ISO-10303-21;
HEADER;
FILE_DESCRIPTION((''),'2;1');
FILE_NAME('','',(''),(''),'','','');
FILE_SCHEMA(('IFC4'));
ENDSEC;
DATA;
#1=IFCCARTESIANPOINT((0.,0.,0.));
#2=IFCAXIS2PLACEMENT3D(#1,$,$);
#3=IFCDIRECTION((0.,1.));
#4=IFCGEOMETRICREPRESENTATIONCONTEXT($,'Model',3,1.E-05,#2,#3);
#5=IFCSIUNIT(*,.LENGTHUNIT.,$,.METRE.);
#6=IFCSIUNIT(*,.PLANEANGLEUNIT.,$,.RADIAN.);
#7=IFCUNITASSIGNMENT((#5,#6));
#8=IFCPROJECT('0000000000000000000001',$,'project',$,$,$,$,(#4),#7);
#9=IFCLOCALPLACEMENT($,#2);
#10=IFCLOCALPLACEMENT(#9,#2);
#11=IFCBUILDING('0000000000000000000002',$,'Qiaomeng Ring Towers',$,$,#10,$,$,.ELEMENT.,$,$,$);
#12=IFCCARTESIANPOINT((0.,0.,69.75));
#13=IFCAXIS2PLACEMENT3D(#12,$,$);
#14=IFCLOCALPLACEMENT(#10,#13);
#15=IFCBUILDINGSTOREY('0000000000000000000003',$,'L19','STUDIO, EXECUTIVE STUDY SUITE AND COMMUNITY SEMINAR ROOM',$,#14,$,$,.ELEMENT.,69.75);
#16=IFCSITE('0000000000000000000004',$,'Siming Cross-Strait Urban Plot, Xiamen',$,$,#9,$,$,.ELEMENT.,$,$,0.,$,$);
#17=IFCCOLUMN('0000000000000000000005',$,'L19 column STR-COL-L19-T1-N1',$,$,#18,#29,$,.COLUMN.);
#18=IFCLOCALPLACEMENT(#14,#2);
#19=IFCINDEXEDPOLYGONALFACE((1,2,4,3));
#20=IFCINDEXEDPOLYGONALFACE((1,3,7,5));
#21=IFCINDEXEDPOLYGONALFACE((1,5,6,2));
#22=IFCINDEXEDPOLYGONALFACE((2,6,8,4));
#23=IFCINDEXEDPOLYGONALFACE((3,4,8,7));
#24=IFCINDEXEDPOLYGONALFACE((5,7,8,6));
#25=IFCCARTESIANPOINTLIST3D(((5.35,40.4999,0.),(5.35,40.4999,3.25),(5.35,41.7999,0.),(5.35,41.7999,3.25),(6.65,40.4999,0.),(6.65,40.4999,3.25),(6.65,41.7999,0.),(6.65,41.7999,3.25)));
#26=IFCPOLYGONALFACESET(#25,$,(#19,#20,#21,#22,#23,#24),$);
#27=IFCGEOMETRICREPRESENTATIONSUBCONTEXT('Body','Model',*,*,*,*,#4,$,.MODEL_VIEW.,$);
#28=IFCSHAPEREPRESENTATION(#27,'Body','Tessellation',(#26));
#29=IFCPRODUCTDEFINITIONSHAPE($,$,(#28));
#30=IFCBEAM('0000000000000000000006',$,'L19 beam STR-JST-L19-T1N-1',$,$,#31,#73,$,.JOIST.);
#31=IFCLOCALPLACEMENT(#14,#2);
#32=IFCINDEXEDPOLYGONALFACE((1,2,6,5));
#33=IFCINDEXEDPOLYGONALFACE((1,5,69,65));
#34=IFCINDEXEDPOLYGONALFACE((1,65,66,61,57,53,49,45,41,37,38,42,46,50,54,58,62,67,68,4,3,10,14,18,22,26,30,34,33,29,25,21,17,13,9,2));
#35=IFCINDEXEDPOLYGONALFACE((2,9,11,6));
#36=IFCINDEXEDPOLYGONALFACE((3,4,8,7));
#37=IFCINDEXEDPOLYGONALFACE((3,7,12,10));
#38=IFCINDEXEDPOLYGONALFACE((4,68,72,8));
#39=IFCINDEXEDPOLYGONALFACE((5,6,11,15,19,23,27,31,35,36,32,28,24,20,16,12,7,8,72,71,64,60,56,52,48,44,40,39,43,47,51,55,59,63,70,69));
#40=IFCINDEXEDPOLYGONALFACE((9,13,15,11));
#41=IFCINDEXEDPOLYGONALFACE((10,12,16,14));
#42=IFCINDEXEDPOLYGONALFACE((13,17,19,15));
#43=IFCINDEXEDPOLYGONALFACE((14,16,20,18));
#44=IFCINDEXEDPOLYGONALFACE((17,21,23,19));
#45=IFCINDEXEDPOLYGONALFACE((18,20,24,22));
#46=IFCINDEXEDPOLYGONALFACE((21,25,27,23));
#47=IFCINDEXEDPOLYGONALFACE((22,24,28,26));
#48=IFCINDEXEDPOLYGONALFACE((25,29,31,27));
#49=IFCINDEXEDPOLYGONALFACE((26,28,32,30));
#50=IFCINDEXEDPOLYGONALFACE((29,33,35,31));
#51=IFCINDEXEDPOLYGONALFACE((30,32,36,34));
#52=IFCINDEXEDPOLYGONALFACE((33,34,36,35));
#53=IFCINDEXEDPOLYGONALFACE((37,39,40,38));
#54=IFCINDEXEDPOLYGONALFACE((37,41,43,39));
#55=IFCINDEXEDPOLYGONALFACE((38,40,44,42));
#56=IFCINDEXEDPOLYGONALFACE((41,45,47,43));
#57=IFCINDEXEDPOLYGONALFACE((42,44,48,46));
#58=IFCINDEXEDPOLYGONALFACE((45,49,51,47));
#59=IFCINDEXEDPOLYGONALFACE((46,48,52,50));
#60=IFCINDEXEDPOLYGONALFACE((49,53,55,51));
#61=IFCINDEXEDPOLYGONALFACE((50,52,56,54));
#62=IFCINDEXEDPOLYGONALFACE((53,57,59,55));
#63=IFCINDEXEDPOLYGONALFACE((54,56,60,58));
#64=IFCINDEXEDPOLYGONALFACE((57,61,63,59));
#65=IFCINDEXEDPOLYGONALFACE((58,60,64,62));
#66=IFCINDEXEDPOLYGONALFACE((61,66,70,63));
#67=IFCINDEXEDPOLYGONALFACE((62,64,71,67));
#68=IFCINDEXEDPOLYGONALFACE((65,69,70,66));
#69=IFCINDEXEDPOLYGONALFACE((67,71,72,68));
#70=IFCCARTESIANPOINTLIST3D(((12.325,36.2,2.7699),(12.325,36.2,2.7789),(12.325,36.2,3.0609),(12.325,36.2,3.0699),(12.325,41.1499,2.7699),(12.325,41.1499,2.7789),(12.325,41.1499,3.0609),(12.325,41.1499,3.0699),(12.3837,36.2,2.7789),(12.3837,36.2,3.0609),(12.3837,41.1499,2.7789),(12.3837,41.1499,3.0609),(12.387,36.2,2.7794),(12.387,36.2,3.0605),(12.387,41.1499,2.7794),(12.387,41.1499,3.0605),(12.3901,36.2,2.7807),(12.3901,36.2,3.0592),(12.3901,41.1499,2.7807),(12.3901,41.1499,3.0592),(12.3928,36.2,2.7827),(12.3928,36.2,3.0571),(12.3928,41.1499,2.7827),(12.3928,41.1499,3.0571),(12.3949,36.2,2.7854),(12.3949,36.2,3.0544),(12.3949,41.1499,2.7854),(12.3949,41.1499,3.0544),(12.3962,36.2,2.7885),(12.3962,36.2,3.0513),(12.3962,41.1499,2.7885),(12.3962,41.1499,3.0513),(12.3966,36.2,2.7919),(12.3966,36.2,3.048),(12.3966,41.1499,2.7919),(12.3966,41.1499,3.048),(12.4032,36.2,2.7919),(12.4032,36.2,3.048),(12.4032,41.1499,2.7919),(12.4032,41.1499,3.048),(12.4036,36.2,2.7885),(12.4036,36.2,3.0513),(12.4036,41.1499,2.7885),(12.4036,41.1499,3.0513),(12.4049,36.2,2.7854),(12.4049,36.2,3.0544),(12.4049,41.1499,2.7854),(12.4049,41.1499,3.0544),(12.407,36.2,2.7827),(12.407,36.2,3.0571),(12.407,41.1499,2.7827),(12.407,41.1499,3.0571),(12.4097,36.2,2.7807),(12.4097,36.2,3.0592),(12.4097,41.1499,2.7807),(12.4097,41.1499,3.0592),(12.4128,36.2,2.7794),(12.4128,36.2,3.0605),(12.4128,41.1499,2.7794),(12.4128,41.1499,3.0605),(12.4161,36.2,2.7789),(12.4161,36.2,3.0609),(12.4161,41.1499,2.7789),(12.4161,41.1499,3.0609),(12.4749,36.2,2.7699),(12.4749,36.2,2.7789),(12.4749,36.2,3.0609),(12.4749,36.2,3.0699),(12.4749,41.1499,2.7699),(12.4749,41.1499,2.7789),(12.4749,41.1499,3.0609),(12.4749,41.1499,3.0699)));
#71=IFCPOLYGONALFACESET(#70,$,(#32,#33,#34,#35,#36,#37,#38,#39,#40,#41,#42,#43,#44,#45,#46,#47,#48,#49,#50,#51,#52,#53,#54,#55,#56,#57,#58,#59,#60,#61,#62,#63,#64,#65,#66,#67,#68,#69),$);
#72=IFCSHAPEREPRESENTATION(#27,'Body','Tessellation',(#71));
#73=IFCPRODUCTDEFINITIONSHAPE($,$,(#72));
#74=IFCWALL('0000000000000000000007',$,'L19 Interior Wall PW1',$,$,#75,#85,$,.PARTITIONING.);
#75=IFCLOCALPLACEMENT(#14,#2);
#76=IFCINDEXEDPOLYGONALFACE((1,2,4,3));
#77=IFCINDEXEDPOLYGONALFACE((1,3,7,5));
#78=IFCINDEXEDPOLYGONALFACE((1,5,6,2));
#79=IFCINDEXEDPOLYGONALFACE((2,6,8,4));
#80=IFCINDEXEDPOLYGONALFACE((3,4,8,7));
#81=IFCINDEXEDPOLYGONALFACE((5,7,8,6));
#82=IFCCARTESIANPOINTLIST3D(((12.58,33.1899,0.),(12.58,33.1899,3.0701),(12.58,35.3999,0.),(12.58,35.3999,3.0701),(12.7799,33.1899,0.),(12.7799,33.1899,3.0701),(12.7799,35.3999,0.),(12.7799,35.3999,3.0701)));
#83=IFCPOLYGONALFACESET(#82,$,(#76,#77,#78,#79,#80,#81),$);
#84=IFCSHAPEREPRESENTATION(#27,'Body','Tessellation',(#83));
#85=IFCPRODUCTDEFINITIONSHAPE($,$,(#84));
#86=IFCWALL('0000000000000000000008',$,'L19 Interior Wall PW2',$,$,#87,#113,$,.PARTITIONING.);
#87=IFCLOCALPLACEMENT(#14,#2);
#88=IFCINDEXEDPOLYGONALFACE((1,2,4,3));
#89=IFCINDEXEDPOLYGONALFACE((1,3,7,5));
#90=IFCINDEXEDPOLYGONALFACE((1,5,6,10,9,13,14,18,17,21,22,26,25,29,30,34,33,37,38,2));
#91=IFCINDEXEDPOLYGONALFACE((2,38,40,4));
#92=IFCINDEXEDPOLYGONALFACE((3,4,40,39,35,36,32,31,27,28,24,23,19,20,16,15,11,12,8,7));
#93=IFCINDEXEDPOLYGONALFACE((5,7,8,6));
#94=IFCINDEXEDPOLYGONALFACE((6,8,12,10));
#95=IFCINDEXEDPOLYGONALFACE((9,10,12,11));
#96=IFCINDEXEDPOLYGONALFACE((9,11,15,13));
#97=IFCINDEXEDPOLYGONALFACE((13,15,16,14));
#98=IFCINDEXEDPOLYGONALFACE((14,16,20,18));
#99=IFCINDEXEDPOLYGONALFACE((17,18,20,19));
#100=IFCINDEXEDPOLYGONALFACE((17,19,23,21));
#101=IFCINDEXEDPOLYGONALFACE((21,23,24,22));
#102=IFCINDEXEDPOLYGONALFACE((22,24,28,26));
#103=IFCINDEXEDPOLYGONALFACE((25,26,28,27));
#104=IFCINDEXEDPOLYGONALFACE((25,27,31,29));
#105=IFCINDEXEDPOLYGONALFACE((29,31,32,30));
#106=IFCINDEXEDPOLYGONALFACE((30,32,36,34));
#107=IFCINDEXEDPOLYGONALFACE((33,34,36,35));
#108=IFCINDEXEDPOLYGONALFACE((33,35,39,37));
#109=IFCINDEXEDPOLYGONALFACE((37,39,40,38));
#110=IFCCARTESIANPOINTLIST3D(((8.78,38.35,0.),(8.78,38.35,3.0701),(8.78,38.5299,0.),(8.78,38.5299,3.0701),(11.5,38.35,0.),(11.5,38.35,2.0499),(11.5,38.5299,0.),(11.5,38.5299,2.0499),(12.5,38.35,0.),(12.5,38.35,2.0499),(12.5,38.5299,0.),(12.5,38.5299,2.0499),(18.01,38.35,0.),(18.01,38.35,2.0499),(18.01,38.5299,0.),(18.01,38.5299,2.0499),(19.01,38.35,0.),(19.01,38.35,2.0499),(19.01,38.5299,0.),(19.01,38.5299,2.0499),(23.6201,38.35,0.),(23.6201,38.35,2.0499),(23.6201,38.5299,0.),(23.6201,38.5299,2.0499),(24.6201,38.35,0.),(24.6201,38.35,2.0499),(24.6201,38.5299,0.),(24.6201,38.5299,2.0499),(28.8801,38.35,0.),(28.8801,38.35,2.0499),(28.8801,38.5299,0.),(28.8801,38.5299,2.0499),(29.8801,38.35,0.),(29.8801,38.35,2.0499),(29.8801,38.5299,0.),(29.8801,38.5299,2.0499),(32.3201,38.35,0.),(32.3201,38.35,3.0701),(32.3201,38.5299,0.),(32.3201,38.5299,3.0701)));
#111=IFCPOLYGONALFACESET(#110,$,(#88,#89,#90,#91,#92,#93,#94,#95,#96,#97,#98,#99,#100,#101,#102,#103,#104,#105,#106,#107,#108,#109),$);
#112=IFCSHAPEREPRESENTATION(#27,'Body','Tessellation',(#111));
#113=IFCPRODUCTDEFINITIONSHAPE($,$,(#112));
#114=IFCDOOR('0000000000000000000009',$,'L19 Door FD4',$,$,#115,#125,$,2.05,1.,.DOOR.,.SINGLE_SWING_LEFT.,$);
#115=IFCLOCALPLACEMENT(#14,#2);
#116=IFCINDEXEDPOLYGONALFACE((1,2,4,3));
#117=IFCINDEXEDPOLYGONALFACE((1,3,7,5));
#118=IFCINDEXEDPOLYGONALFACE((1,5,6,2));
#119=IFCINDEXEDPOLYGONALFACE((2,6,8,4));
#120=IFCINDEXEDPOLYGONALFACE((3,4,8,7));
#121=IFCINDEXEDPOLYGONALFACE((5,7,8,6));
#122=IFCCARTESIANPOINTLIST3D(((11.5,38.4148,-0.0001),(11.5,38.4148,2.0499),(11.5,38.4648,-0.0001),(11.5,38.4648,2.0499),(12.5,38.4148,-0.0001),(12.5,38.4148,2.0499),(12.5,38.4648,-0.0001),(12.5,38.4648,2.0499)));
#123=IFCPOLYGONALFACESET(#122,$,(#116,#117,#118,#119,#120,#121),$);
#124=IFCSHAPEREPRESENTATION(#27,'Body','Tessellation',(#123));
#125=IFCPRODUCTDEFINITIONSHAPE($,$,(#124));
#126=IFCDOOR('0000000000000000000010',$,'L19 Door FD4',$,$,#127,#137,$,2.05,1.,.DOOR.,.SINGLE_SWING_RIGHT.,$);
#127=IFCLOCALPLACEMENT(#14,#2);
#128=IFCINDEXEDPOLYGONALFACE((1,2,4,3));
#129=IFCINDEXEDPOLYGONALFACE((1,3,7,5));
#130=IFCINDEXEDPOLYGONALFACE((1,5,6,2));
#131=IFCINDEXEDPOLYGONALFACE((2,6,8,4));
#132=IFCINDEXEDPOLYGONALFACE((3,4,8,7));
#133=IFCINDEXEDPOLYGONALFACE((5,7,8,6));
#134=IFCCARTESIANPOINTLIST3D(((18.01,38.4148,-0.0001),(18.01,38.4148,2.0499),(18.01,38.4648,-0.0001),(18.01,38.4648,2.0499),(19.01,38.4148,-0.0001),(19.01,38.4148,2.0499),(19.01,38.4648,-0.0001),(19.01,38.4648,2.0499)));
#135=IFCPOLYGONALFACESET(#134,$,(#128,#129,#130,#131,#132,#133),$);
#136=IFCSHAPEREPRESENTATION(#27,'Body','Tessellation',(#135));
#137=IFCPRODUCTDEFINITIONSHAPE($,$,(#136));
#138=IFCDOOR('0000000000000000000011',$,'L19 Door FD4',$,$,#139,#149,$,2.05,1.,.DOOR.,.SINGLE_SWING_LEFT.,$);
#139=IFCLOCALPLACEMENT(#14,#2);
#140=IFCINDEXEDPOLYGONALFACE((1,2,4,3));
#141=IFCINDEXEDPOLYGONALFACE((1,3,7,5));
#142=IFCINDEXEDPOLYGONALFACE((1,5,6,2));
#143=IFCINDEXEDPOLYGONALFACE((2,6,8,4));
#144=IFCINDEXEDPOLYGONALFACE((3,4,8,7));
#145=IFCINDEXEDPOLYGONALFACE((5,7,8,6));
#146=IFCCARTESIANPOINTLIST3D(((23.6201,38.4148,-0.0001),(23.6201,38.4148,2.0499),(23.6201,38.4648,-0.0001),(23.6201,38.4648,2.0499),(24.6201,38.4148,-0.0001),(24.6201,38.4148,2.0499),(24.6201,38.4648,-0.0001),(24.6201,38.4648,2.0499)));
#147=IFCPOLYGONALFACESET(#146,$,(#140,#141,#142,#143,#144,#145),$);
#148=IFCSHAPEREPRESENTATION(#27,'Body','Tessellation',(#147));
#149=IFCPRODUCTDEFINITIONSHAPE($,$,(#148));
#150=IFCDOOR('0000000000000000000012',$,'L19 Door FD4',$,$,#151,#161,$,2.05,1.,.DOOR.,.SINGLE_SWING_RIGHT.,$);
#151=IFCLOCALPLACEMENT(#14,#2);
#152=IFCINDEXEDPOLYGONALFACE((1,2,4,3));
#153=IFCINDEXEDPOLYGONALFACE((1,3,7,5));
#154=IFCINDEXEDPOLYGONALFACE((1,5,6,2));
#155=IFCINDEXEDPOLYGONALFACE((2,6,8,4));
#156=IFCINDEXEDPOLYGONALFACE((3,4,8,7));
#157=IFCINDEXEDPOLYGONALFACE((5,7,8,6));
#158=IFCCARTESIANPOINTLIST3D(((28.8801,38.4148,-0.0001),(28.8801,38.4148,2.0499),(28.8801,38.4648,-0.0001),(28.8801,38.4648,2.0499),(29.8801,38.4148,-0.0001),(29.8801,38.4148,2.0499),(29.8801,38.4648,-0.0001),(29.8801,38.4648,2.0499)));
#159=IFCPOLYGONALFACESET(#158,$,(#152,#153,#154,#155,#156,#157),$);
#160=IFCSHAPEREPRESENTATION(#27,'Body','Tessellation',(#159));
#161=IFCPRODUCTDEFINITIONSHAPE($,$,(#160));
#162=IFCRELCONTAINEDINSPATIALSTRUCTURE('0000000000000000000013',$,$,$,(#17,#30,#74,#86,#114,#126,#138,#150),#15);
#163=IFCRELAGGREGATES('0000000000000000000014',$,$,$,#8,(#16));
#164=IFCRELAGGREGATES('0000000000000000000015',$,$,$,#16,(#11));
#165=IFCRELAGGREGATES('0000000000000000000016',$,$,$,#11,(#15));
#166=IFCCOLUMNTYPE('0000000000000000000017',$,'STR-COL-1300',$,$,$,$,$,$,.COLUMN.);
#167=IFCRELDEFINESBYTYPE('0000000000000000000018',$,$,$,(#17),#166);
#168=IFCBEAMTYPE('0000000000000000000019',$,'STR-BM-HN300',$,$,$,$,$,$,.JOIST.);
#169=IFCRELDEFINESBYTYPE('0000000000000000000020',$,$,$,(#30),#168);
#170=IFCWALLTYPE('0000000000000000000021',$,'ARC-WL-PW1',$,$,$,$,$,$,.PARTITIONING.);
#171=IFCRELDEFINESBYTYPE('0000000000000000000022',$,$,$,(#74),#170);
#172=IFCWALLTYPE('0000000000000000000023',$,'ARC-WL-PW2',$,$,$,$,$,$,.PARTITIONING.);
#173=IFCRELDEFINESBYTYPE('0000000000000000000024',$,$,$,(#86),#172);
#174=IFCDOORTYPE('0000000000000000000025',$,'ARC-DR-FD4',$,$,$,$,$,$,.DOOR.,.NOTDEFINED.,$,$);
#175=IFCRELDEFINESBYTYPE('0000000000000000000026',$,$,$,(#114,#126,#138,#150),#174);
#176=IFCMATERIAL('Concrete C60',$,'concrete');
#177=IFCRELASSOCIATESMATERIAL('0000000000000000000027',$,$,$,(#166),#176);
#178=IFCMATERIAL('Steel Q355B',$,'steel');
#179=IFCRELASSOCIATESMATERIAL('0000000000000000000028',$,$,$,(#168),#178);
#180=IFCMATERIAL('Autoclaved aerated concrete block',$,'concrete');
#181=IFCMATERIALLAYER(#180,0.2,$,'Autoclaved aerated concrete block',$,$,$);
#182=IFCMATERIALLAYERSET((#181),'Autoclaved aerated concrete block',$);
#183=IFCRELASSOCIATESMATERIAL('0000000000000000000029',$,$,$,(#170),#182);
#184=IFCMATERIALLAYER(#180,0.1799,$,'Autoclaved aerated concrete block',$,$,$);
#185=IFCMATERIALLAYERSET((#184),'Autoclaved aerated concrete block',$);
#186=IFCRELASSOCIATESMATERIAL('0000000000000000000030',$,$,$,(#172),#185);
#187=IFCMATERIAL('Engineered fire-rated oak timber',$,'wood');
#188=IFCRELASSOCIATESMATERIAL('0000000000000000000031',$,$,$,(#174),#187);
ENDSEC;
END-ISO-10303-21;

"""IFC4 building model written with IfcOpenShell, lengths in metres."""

from ifc_helpers import new_model, si_unit, direction, frame, frame_2d, origin, origin_2d, place, context, subcontext, project, spatial, rectangle, i_section, extrude, source, transform, mapped, material, layer, layer_set, material_profile, profile_set, type_object, element, fill, save


model = new_model("IFC4")

# Units and contexts
model_context = context("Model", 3, precision=1e-05, world=origin(), true_north=direction((0.0, 1.0)))
body_context = subcontext(model_context, "Body", "Model", "MODEL_VIEW")
ifc_project = project(units=[si_unit("LENGTHUNIT", "METRE"), si_unit("PLANEANGLEUNIT", "RADIAN")], contexts=[model_context])

# Site, building, storey
site_placement = place(None, origin())
site = spatial("IfcSite", under=ifc_project, at=site_placement, Name="Siming Cross-Strait Urban Plot, Xiamen", CompositionType="ELEMENT", RefElevation=0.0)
building_placement = place(site_placement, origin())
building = spatial("IfcBuilding", under=site, at=building_placement, Name="Qiaomeng Ring Towers", CompositionType="ELEMENT")
storey_placement = place(building_placement, frame((0.0, 0.0, 69.75)))
storey = spatial("IfcBuildingStorey", under=building, at=storey_placement, Name="L19", Description="STUDIO, EXECUTIVE STUDY SUITE AND COMMUNITY SEMINAR ROOM", CompositionType="ELEMENT", Elevation=69.75)

# Column
ifc_material_1 = material(Name="Concrete C60", Category="concrete")
ifc_material_profile_1 = material_profile(ifc_material_1, rectangle(XDim=1.3, YDim=1.3, at=origin_2d()), Name="RC COL 1300x1300")
ifc_profile_set_1 = profile_set([ifc_material_profile_1], Name="Concrete C60")
column_type = type_object("IfcColumnType", Name="STR-COL-1300", PredefinedType="COLUMN", material=ifc_profile_set_1)
shared_shape_1 = source(origin(), body_context, "Body", "SweptSolid", [
    extrude(rectangle(XDim=1.3, YDim=1.3, at=origin_2d()), origin(), (0.0, 0.0, 1.0), 3.25),
])
column_placement = place(storey_placement, frame((6.0, 41.1499, 0.0), z_axis=(0.0, 0.0, 1.0), x_axis=(1.0, 0.0, 0.0)))
element("IfcColumn", 1, at=column_placement, inside=storey, type_object=column_type, Name="L19 column STR-COL-L19-T1-N1", PredefinedType="COLUMN", context=body_context, shape_type="MappedRepresentation", body=[
    mapped(shared_shape_1, transform((0.0, 0.0, 0.0), x_axis=(1.0, 0.0, 0.0), y_axis=(0.0, 1.0, 0.0), z_axis=(0.0, 0.0, 1.0), scale=1.0)),
])

# Beam
ifc_material_2 = material(Name="Steel Q355B", Category="steel")
ifc_material_profile_2 = material_profile(ifc_material_2, i_section(OverallWidth=0.1499, OverallDepth=0.3, WebThickness=0.0066, FlangeThickness=0.009, FilletRadius=0.0129, at=origin_2d()), Name="HN 300x150x6.5x9")
ifc_profile_set_2 = profile_set([ifc_material_profile_2], Name="Steel Q355B")
beam_type = type_object("IfcBeamType", Name="STR-BM-HN300", PredefinedType="JOIST", material=ifc_profile_set_2)
shared_shape_2 = source(origin(), body_context, "Body", "SweptSolid", [
    extrude(i_section(OverallWidth=0.1499, OverallDepth=0.3, WebThickness=0.0066, FlangeThickness=0.009, FilletRadius=0.0129, at=origin_2d()), origin(), (0.0, 0.0, 1.0), 4.95),
])
beam_placement = place(storey_placement, frame((12.3999, 36.2, 2.9199), z_axis=(0.0, 1.0, 0.0), x_axis=(-1.0, 0.0, 0.0)))
element("IfcBeam", 2, at=beam_placement, inside=storey, type_object=beam_type, Name="L19 beam STR-JST-L19-T1N-1", PredefinedType="JOIST", context=body_context, shape_type="MappedRepresentation", body=[
    mapped(shared_shape_2, transform((0.0, 0.0, 0.0), x_axis=(1.0, 0.0, 0.0), y_axis=(0.0, 1.0, 0.0), z_axis=(0.0, 0.0, 1.0), scale=1.0)),
])

# Wall
ifc_material_3 = material(Name="Autoclaved aerated concrete block", Category="concrete")
ifc_layer_1 = layer(ifc_material_3, 0.2, Name="Autoclaved aerated concrete block")
ifc_layer_set_1 = layer_set([ifc_layer_1], Name="Autoclaved aerated concrete block")
wall_type_1 = type_object("IfcWallType", Name="ARC-WL-PW1", PredefinedType="PARTITIONING", material=ifc_layer_set_1)
wall_1_placement = place(storey_placement, frame((12.6799, 33.1899, 0.0), z_axis=(0.0, 0.0, 1.0), x_axis=(0.0, 1.0, 0.0)))
element("IfcWall", 3, at=wall_1_placement, inside=storey, type_object=wall_type_1, Name="L19 Interior Wall PW1", PredefinedType="PARTITIONING", context=body_context, shape_type="SweptSolid", body=[
    extrude(rectangle(XDim=2.21, YDim=0.2, at=frame_2d((1.105, 0.0))), origin(), (0.0, 0.0, 1.0), 3.0701),
])

# Wall, openings, doors
ifc_layer_2 = layer(ifc_material_3, 0.1799, Name="Autoclaved aerated concrete block")
ifc_layer_set_2 = layer_set([ifc_layer_2], Name="Autoclaved aerated concrete block")
wall_type_2 = type_object("IfcWallType", Name="ARC-WL-PW2", PredefinedType="PARTITIONING", material=ifc_layer_set_2)
wall_2_placement = place(storey_placement, frame((8.78, 38.4399, 0.0), z_axis=(0.0, 0.0, 1.0), x_axis=(1.0, 0.0, 0.0)))
wall_2 = element("IfcWall", 4, at=wall_2_placement, inside=storey, type_object=wall_type_2, Name="L19 Interior Wall PW2", PredefinedType="PARTITIONING", context=body_context, shape_type="SweptSolid", body=[
    extrude(rectangle(XDim=23.54, YDim=0.1799, at=frame_2d((11.77, 0.0))), origin(), (0.0, 0.0, 1.0), 3.0701),
])
opening_1_placement = place(wall_2_placement, frame((2.72, 0.0, 0.0)))
opening_1 = element("IfcOpeningElement", 5, at=opening_1_placement, cuts=wall_2, PredefinedType="OPENING", context=body_context, shape_type="SweptSolid", body=[
    extrude(rectangle(XDim=1.0, YDim=2.05, at=frame_2d((0.5, 1.0249))), frame((0.0, 0.0999, 0.0), z_axis=(0.0, -1.0, 0.0), x_axis=(1.0, 0.0, 0.0)), (0.0, 0.0, 1.0), 0.2),
])
opening_2_placement = place(wall_2_placement, frame((9.23, 0.0, 0.0)))
opening_2 = element("IfcOpeningElement", 6, at=opening_2_placement, cuts=wall_2, PredefinedType="OPENING", context=body_context, shape_type="SweptSolid", body=[
    extrude(rectangle(XDim=1.0, YDim=2.05, at=frame_2d((0.5, 1.0249))), frame((0.0, 0.0999, 0.0), z_axis=(0.0, -1.0, 0.0), x_axis=(1.0, 0.0, 0.0)), (0.0, 0.0, 1.0), 0.2),
])
opening_3_placement = place(wall_2_placement, frame((14.8401, 0.0, 0.0)))
opening_3 = element("IfcOpeningElement", 7, at=opening_3_placement, cuts=wall_2, PredefinedType="OPENING", context=body_context, shape_type="SweptSolid", body=[
    extrude(rectangle(XDim=1.0, YDim=2.05, at=frame_2d((0.5, 1.0249))), frame((0.0, 0.0999, 0.0), z_axis=(0.0, -1.0, 0.0), x_axis=(1.0, 0.0, 0.0)), (0.0, 0.0, 1.0), 0.2),
])
opening_4_placement = place(wall_2_placement, frame((20.1001, 0.0, 0.0)))
opening_4 = element("IfcOpeningElement", 8, at=opening_4_placement, cuts=wall_2, PredefinedType="OPENING", context=body_context, shape_type="SweptSolid", body=[
    extrude(rectangle(XDim=1.0, YDim=2.05, at=frame_2d((0.5, 1.0249))), frame((0.0, 0.0999, 0.0), z_axis=(0.0, -1.0, 0.0), x_axis=(1.0, 0.0, 0.0)), (0.0, 0.0, 1.0), 0.2),
])
ifc_material_4 = material(Name="Engineered fire-rated oak timber", Category="wood")
door_type_1 = type_object("IfcDoorType", Name="ARC-DR-FD4", OperationType="NOTDEFINED", PredefinedType="DOOR", material=ifc_material_4)
shared_shape_3 = source(origin(), body_context, "Body", "SweptSolid", [
    extrude(rectangle(XDim=1.0, YDim=2.05, at=frame_2d((0.5, 1.0249))), frame((0.0, 0.0249, 0.0), z_axis=(0.0, -1.0, 0.0), x_axis=(1.0, 0.0, 0.0)), (0.0, 0.0, 1.0), 0.05),
])
door_1_placement = place(opening_1_placement, origin())
door_1 = element("IfcDoor", 9, at=door_1_placement, inside=storey, type_object=door_type_1, Name="L19 Door FD4", OperationType="SINGLE_SWING_LEFT", OverallHeight=2.05, OverallWidth=1.0, PredefinedType="DOOR", context=body_context, shape_type="MappedRepresentation", body=[
    mapped(shared_shape_3, transform((0.0, 0.0, 0.0), x_axis=(1.0, 0.0, 0.0), y_axis=(0.0, 1.0, 0.0), z_axis=(0.0, 0.0, 1.0), scale=1.0)),
])
fill(opening_1, door_1)
door_2_placement = place(opening_2_placement, origin())
door_2 = element("IfcDoor", 10, at=door_2_placement, inside=storey, type_object=door_type_1, Name="L19 Door FD4", OperationType="SINGLE_SWING_RIGHT", OverallHeight=2.05, OverallWidth=1.0, PredefinedType="DOOR", context=body_context, shape_type="MappedRepresentation", body=[
    mapped(shared_shape_3, transform((0.0, 0.0, 0.0), x_axis=(1.0, 0.0, 0.0), y_axis=(0.0, 1.0, 0.0), z_axis=(0.0, 0.0, 1.0), scale=1.0)),
])
fill(opening_2, door_2)
door_3_placement = place(opening_3_placement, origin())
door_3 = element("IfcDoor", 11, at=door_3_placement, inside=storey, type_object=door_type_1, Name="L19 Door FD4", OperationType="SINGLE_SWING_LEFT", OverallHeight=2.05, OverallWidth=1.0, PredefinedType="DOOR", context=body_context, shape_type="MappedRepresentation", body=[
    mapped(shared_shape_3, transform((0.0, 0.0, 0.0), x_axis=(1.0, 0.0, 0.0), y_axis=(0.0, 1.0, 0.0), z_axis=(0.0, 0.0, 1.0), scale=1.0)),
])
fill(opening_3, door_3)
door_4_placement = place(opening_4_placement, origin())
door_4 = element("IfcDoor", 12, at=door_4_placement, inside=storey, type_object=door_type_1, Name="L19 Door FD4", OperationType="SINGLE_SWING_RIGHT", OverallHeight=2.05, OverallWidth=1.0, PredefinedType="DOOR", context=body_context, shape_type="MappedRepresentation", body=[
    mapped(shared_shape_3, transform((0.0, 0.0, 0.0), x_axis=(1.0, 0.0, 0.0), y_axis=(0.0, 1.0, 0.0), z_axis=(0.0, 0.0, 1.0), scale=1.0)),
])
fill(opening_4, door_4)

save(model, "model.ifc")
